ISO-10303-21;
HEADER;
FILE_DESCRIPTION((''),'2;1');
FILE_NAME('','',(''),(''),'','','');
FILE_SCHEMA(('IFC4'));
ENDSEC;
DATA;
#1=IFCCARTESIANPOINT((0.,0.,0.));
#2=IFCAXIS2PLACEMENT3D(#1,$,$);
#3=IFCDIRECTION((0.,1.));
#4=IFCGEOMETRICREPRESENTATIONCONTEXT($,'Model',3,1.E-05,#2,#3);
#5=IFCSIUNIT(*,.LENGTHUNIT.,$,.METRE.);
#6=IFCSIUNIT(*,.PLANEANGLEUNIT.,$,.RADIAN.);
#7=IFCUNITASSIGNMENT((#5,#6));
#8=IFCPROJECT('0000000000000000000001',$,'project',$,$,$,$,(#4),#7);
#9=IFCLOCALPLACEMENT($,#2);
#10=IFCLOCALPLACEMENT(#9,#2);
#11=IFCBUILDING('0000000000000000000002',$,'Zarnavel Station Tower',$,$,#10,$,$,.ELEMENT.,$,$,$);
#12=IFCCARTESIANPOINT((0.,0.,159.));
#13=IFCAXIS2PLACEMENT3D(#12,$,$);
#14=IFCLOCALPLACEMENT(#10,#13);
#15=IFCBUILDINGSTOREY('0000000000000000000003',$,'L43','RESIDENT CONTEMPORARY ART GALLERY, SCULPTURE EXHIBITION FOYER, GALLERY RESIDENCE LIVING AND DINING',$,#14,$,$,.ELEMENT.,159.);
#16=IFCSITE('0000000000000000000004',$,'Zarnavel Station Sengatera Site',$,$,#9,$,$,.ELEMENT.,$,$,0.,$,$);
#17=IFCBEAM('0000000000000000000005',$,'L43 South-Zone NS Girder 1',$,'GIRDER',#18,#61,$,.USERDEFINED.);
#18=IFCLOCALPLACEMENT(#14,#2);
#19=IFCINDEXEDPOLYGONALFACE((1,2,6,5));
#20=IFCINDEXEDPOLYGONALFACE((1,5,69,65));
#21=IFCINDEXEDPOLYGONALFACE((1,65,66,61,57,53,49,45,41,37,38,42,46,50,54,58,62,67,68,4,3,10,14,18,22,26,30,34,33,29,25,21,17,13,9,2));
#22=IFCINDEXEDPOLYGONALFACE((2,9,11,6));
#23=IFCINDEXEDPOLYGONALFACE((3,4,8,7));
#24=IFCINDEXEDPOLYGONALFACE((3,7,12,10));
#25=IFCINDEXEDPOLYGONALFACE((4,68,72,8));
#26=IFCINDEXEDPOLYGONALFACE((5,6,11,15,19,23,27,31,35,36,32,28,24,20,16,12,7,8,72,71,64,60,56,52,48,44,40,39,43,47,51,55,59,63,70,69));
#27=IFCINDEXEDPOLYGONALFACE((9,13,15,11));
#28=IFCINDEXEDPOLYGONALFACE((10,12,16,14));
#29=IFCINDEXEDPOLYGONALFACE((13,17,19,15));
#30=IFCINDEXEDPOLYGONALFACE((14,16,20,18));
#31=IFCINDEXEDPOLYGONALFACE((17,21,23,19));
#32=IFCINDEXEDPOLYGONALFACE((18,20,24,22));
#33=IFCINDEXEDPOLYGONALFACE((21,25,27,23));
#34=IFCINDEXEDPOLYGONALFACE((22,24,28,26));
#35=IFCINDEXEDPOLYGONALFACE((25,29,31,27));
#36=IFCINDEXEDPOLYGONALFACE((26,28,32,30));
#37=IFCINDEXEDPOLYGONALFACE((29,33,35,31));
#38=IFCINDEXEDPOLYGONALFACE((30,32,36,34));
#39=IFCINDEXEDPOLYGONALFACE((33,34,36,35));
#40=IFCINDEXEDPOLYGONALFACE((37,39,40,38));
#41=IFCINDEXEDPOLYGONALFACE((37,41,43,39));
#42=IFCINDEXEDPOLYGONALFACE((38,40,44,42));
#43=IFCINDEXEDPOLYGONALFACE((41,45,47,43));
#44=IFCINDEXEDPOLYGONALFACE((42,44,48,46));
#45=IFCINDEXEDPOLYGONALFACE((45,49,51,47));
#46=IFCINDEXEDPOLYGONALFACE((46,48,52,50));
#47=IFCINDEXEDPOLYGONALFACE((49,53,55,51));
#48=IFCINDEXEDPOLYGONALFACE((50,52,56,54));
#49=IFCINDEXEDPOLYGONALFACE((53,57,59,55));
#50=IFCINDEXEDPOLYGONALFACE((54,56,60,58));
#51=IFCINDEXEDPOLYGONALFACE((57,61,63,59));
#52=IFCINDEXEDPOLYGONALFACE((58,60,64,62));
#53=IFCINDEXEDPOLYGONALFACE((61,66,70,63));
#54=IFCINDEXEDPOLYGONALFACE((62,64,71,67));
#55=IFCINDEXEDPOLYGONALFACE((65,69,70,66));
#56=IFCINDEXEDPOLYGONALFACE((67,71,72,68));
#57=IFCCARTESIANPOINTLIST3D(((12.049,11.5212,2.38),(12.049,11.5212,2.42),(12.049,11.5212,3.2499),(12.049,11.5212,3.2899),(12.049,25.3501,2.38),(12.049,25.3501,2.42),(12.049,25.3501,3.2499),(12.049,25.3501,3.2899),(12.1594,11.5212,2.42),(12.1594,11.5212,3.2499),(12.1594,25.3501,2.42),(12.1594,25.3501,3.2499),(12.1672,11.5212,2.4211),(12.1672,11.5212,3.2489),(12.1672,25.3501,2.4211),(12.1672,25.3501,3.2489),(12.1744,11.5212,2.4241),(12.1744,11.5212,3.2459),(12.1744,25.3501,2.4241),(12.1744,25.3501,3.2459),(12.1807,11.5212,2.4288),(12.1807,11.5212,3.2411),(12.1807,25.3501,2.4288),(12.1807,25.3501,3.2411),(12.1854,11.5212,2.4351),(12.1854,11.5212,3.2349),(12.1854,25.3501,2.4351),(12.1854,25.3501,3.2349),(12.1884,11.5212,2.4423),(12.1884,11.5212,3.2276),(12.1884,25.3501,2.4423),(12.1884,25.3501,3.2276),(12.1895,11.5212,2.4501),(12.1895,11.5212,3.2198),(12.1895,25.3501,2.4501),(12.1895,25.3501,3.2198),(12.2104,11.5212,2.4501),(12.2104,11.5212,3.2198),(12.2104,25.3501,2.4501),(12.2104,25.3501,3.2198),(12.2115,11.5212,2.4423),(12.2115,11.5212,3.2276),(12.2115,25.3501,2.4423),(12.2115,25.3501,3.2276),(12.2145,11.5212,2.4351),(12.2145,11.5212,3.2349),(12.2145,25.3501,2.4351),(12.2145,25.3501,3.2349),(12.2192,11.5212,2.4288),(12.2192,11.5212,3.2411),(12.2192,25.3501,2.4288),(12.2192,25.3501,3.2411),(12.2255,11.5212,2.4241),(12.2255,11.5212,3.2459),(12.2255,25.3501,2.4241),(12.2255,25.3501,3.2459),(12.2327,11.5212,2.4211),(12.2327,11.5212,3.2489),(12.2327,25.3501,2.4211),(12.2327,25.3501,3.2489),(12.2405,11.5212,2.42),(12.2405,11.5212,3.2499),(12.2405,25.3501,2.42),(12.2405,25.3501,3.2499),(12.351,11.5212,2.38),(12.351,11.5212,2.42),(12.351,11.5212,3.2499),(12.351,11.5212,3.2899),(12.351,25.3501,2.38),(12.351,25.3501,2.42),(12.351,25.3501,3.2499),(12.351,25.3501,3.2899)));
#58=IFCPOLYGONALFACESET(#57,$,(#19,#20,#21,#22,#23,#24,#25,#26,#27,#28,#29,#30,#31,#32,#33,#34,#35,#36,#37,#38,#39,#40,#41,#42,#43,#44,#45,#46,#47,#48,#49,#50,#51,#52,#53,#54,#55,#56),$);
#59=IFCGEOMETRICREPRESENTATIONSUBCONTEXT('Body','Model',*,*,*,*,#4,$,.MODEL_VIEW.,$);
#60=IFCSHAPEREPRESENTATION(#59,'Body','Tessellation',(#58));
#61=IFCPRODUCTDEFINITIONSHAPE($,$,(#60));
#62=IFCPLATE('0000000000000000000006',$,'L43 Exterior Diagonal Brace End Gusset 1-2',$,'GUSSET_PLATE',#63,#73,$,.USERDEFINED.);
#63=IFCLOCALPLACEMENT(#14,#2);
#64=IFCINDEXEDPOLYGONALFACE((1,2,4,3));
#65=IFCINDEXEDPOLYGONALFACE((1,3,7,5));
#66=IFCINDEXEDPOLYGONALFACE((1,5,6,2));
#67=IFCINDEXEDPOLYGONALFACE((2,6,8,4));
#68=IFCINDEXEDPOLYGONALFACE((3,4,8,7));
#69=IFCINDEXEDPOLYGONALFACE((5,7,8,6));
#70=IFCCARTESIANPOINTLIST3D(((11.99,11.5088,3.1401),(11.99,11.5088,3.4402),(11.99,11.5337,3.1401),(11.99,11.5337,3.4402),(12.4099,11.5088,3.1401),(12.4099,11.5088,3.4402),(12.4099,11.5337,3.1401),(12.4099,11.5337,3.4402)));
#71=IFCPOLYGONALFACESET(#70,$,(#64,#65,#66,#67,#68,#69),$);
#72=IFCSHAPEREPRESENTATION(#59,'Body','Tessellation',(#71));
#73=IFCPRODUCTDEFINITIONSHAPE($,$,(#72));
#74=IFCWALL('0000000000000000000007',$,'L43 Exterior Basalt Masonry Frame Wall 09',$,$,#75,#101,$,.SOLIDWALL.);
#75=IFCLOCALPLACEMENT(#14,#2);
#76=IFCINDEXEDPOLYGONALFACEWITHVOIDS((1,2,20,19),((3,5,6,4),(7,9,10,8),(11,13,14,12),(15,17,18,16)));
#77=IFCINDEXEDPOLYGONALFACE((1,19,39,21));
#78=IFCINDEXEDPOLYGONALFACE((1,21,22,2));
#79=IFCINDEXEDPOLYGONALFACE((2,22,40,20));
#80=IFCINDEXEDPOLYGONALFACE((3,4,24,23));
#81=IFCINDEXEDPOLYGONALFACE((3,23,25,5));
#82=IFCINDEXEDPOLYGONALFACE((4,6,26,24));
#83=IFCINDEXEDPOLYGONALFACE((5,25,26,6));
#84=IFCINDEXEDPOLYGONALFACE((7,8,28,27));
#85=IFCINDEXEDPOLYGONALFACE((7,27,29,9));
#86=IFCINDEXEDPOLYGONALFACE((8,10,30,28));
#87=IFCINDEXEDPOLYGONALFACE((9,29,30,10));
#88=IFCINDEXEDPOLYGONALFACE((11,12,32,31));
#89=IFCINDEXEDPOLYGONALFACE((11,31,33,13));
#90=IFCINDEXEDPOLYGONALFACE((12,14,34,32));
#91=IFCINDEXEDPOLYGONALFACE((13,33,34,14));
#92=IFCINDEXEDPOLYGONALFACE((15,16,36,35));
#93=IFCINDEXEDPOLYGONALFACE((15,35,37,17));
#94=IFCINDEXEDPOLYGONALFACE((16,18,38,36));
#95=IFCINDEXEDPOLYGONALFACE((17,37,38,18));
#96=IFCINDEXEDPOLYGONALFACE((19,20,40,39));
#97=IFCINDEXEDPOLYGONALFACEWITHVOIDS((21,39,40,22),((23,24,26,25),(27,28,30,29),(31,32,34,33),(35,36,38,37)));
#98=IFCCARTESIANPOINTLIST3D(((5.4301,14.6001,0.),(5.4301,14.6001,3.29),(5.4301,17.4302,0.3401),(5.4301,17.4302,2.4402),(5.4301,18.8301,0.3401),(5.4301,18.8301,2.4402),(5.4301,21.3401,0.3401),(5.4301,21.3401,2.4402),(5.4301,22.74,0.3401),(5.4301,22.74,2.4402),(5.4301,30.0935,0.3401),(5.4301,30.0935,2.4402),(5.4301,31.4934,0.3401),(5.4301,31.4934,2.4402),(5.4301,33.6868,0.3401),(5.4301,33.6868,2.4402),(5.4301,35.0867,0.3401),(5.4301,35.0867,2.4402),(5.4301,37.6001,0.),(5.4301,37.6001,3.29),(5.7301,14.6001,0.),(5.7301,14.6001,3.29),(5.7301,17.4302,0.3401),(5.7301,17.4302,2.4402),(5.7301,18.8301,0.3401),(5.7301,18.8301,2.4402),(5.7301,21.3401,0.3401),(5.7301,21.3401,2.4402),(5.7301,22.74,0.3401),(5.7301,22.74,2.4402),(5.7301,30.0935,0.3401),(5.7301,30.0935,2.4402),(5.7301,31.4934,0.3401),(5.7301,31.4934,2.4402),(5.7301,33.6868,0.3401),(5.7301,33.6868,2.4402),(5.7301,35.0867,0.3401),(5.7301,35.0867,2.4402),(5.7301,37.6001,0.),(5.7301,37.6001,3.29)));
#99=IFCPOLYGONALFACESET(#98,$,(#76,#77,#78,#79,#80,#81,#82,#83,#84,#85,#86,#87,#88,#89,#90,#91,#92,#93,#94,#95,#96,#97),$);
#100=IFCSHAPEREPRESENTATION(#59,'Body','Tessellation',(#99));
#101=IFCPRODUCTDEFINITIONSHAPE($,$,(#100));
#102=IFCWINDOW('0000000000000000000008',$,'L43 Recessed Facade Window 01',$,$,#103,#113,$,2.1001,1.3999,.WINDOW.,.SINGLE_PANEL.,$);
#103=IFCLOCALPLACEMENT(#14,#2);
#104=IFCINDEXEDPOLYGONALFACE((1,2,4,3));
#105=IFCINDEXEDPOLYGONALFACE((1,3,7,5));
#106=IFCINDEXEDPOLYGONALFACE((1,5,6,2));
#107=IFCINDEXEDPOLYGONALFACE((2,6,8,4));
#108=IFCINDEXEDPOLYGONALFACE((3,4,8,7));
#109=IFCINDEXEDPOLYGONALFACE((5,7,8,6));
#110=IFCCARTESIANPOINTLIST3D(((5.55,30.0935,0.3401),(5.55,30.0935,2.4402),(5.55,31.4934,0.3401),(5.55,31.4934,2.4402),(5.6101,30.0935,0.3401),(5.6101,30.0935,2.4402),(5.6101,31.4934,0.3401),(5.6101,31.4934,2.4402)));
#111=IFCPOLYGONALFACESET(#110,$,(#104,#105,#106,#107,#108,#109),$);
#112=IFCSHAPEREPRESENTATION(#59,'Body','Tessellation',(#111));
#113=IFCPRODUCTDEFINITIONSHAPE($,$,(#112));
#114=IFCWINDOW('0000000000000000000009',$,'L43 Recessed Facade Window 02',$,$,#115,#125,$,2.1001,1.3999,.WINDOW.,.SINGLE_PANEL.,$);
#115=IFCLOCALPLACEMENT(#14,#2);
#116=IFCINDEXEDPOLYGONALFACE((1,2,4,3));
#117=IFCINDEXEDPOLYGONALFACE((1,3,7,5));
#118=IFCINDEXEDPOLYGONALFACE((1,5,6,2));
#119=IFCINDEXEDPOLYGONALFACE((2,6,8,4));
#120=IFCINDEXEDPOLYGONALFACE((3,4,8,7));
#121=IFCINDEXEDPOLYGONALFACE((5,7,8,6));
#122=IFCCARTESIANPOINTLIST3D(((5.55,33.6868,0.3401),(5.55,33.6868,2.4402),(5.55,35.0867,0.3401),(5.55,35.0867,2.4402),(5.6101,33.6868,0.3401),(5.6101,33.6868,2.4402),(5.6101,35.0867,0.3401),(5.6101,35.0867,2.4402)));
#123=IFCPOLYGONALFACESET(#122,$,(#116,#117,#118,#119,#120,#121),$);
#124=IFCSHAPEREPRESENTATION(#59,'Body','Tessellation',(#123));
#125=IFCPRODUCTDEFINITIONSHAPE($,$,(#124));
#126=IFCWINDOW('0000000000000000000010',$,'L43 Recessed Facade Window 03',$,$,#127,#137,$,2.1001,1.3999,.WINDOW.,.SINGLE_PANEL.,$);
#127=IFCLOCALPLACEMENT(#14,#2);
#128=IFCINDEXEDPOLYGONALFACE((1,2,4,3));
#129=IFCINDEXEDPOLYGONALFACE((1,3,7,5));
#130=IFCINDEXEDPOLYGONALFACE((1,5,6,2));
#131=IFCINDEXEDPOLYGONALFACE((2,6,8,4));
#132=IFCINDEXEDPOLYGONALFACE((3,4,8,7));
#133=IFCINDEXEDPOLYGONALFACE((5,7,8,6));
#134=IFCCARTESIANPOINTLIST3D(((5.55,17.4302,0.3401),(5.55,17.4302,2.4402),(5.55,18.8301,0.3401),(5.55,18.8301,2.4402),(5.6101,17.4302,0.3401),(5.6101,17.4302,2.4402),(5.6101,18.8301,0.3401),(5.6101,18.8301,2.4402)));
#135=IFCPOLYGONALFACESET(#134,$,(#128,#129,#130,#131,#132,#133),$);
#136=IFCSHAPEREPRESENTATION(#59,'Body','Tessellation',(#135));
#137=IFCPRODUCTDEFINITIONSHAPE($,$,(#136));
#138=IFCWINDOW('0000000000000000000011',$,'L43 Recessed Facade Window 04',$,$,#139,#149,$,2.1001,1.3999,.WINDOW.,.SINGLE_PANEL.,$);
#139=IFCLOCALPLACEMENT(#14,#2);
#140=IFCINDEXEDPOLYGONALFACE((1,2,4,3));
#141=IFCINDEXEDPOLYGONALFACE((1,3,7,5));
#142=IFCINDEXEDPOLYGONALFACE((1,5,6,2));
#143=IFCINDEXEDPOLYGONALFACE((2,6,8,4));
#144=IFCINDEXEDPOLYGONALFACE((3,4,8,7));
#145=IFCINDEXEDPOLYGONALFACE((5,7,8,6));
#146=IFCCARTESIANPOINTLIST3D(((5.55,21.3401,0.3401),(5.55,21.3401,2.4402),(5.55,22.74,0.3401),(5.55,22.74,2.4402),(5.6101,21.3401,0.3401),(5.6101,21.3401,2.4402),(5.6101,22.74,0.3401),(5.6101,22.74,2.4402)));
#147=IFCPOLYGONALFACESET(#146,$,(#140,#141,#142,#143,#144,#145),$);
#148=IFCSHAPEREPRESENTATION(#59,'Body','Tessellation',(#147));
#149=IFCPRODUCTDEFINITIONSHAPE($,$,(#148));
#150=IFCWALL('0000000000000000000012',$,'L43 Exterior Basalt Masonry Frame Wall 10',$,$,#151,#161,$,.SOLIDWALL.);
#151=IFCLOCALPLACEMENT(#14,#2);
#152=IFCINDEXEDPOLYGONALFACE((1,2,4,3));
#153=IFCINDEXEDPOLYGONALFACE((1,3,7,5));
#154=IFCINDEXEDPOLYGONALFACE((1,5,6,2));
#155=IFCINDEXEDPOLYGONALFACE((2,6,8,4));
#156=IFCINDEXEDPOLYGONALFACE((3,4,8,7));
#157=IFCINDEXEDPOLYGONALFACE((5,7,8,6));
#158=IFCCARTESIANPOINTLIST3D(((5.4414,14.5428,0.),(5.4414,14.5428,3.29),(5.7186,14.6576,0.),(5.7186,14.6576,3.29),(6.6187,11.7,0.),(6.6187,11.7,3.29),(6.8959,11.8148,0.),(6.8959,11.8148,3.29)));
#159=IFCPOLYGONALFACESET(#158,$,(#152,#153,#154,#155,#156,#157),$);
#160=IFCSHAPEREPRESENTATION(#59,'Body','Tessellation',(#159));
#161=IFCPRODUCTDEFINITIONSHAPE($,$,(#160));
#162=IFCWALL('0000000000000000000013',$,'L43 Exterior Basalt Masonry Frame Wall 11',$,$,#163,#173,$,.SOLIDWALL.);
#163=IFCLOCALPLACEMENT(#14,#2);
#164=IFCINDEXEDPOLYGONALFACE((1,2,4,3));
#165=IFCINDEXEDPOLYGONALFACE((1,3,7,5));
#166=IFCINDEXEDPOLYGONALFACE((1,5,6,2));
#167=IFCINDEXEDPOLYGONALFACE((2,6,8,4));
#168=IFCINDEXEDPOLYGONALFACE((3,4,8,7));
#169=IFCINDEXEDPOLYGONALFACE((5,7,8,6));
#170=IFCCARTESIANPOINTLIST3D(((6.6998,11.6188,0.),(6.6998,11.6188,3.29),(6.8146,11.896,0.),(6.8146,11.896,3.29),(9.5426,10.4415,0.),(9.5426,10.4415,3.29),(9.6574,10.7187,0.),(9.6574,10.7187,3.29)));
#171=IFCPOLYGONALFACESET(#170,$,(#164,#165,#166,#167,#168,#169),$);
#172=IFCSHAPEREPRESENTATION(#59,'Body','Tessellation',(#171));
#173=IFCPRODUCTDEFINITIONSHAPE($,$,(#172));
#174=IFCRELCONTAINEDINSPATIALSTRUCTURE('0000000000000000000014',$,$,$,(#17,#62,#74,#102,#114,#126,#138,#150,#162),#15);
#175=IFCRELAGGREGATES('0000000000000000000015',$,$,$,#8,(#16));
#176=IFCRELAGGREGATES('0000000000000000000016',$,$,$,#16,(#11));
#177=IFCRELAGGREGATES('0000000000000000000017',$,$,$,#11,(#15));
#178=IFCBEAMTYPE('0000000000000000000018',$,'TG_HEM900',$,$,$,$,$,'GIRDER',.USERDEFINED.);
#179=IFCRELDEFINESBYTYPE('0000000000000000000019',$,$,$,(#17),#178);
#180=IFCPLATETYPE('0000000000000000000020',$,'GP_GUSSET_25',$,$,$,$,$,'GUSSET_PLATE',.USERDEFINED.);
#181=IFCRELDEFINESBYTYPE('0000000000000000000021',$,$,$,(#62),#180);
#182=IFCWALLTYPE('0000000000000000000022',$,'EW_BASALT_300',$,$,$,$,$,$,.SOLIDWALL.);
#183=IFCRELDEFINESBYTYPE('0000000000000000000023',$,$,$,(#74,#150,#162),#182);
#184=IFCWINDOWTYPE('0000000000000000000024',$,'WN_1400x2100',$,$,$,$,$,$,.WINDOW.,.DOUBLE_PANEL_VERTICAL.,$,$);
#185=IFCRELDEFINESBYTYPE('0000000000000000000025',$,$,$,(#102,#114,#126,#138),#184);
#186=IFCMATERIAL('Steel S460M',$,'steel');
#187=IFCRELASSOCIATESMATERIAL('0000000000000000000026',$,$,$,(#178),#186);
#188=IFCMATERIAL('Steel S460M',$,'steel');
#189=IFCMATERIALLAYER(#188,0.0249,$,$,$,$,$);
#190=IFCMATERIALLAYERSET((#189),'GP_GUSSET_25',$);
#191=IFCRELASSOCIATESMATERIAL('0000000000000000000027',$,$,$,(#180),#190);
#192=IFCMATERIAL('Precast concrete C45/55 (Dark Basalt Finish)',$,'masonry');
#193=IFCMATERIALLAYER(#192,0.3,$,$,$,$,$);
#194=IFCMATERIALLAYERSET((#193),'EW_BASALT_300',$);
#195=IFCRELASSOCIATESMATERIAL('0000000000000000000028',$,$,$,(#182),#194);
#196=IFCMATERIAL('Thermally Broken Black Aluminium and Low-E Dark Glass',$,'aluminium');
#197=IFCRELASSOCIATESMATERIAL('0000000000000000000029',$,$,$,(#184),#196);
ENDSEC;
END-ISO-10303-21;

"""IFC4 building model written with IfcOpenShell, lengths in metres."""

from ifc_helpers import new_model, si_unit, direction, frame, frame_2d, origin, origin_2d, place, context, subcontext, project, spatial, rectangle, i_section, extrude, material, layer, layer_set, material_profile, profile_set, type_object, element, fill, save


model = new_model("IFC4")

# Units and contexts
model_context = context("Model", 3, precision=1e-05, world=origin(), true_north=direction((0.0, 1.0)))
body_context = subcontext(model_context, "Body", "Model", "MODEL_VIEW")
ifc_project = project(units=[si_unit("LENGTHUNIT", "METRE"), si_unit("PLANEANGLEUNIT", "RADIAN")], contexts=[model_context])

# Site, building, storey
site_placement = place(None, origin())
site = spatial("IfcSite", under=ifc_project, at=site_placement, Name="Zarnavel Station Sengatera Site", CompositionType="ELEMENT", RefElevation=0.0)
building_placement = place(site_placement, origin())
building = spatial("IfcBuilding", under=site, at=building_placement, Name="Zarnavel Station Tower", CompositionType="ELEMENT")
storey_placement = place(building_placement, frame((0.0, 0.0, 159.0)))
storey = spatial("IfcBuildingStorey", under=building, at=storey_placement, Name="L43", Description="RESIDENT CONTEMPORARY ART GALLERY, SCULPTURE EXHIBITION FOYER, GALLERY RESIDENCE LIVING AND DINING", CompositionType="ELEMENT", Elevation=159.0)

# Beam
ifc_material_1 = material(Name="Steel S460M", Category="steel")
ifc_material_profile_1 = material_profile(ifc_material_1, i_section(OverallWidth=0.302, OverallDepth=0.9099, WebThickness=0.021, FlangeThickness=0.04, FilletRadius=0.03, at=origin_2d()), Name="HEM900")
ifc_profile_set_1 = profile_set([ifc_material_profile_1], Name="Steel S460M")
beam_type_1 = type_object("IfcBeamType", Name="TG_HEM900", ElementType="GIRDER", PredefinedType="USERDEFINED", material=ifc_profile_set_1)
beam_1_placement = place(storey_placement, frame((12.2, 11.5212, 2.835), z_axis=(0.0, 1.0, 0.0), x_axis=(-1.0, 0.0, 0.0)))
element("IfcBeam", 1, at=beam_1_placement, inside=storey, type_object=beam_type_1, Name="L43 South-Zone NS Girder 1", ObjectType="GIRDER", PredefinedType="USERDEFINED", context=body_context, shape_type="SweptSolid", body=[
    extrude(i_section(OverallWidth=0.302, OverallDepth=0.9099, WebThickness=0.021, FlangeThickness=0.04, FilletRadius=0.03, at=origin_2d()), origin(), (0.0, 0.0, 1.0), 13.8289),
])

# Plate
ifc_material_2 = material(Name="Steel S460M", Category="steel")
ifc_layer_1 = layer(ifc_material_2, 0.0249)
ifc_layer_set_1 = layer_set([ifc_layer_1], Name="GP_GUSSET_25")
plate_type = type_object("IfcPlateType", Name="GP_GUSSET_25", ElementType="GUSSET_PLATE", PredefinedType="USERDEFINED", material=ifc_layer_set_1)
plate_placement = place(storey_placement, frame((12.2, 11.5212, 3.1401), z_axis=(0.0, 0.0, 1.0), x_axis=(1.0, 0.0, 0.0)))
element("IfcPlate", 2, at=plate_placement, inside=storey, type_object=plate_type, Name="L43 Exterior Diagonal Brace End Gusset 1-2", ObjectType="GUSSET_PLATE", PredefinedType="USERDEFINED", context=body_context, shape_type="SweptSolid", body=[
    extrude(rectangle(XDim=0.4199, YDim=0.0249, at=origin_2d()), origin(), (0.0, 0.0, 1.0), 0.3),
])

# Wall, openings, windows
ifc_material_3 = material(Name="Precast concrete C45/55 (Dark Basalt Finish)", Category="masonry")
ifc_layer_2 = layer(ifc_material_3, 0.3)
ifc_layer_set_2 = layer_set([ifc_layer_2], Name="EW_BASALT_300")
wall_type_1 = type_object("IfcWallType", Name="EW_BASALT_300", PredefinedType="SOLIDWALL", material=ifc_layer_set_2)
wall_1_placement = place(storey_placement, frame((5.5801, 14.6001, 0.0), z_axis=(0.0, 0.0, 1.0), x_axis=(0.0, 1.0, 0.0)))
wall_1 = element("IfcWall", 3, at=wall_1_placement, inside=storey, type_object=wall_type_1, Name="L43 Exterior Basalt Masonry Frame Wall 09", PredefinedType="SOLIDWALL", context=body_context, shape_type="SweptSolid", body=[
    extrude(rectangle(XDim=23.0, YDim=0.3, at=frame_2d((11.5, 0.0))), origin(), (0.0, 0.0, 1.0), 3.29),
])
opening_1_placement = place(wall_1_placement, frame((15.4934, 0.0, 0.3401)))
opening_1 = element("IfcOpeningElement", 4, at=opening_1_placement, cuts=wall_1, PredefinedType="OPENING", context=body_context, shape_type="SweptSolid", body=[
    extrude(rectangle(XDim=1.3999, YDim=2.1001, at=frame_2d((0.7, 1.05))), frame((0.0, 0.1599, 0.0), z_axis=(0.0, -1.0, 0.0), x_axis=(1.0, 0.0, 0.0)), (0.0, 0.0, 1.0), 0.3201),
])
opening_2_placement = place(wall_1_placement, frame((19.0867, 0.0, 0.3401)))
opening_2 = element("IfcOpeningElement", 5, at=opening_2_placement, cuts=wall_1, PredefinedType="OPENING", context=body_context, shape_type="SweptSolid", body=[
    extrude(rectangle(XDim=1.3999, YDim=2.1001, at=frame_2d((0.7, 1.05))), frame((0.0, 0.1599, 0.0), z_axis=(0.0, -1.0, 0.0), x_axis=(1.0, 0.0, 0.0)), (0.0, 0.0, 1.0), 0.3201),
])
opening_3_placement = place(wall_1_placement, frame((2.8301, 0.0, 0.3401)))
opening_3 = element("IfcOpeningElement", 6, at=opening_3_placement, cuts=wall_1, PredefinedType="OPENING", context=body_context, shape_type="SweptSolid", body=[
    extrude(rectangle(XDim=1.3999, YDim=2.1001, at=frame_2d((0.7, 1.05))), frame((0.0, 0.1599, 0.0), z_axis=(0.0, -1.0, 0.0), x_axis=(1.0, 0.0, 0.0)), (0.0, 0.0, 1.0), 0.3201),
])
opening_4_placement = place(wall_1_placement, frame((6.74, 0.0, 0.3401)))
opening_4 = element("IfcOpeningElement", 7, at=opening_4_placement, cuts=wall_1, PredefinedType="OPENING", context=body_context, shape_type="SweptSolid", body=[
    extrude(rectangle(XDim=1.3999, YDim=2.1001, at=frame_2d((0.7, 1.05))), frame((0.0, 0.1599, 0.0), z_axis=(0.0, -1.0, 0.0), x_axis=(1.0, 0.0, 0.0)), (0.0, 0.0, 1.0), 0.3201),
])
ifc_material_4 = material(Name="Thermally Broken Black Aluminium and Low-E Dark Glass", Category="aluminium")
window_type = type_object("IfcWindowType", Name="WN_1400x2100", PartitioningType="DOUBLE_PANEL_VERTICAL", PredefinedType="WINDOW", material=ifc_material_4)
window_1_placement = place(opening_1_placement, origin())
window_1 = element("IfcWindow", 8, at=window_1_placement, inside=storey, type_object=window_type, Name="L43 Recessed Facade Window 01", OverallHeight=2.1001, OverallWidth=1.3999, PartitioningType="SINGLE_PANEL", PredefinedType="WINDOW", context=body_context, shape_type="SweptSolid", body=[
    extrude(rectangle(XDim=1.3999, YDim=2.1001, at=frame_2d((0.7, 1.05))), frame((0.0, 0.03, 0.0), z_axis=(0.0, -1.0, 0.0), x_axis=(1.0, 0.0, 0.0)), (0.0, 0.0, 1.0), 0.0601),
])
fill(opening_1, window_1)
window_2_placement = place(opening_2_placement, origin())
window_2 = element("IfcWindow", 9, at=window_2_placement, inside=storey, type_object=window_type, Name="L43 Recessed Facade Window 02", OverallHeight=2.1001, OverallWidth=1.3999, PartitioningType="SINGLE_PANEL", PredefinedType="WINDOW", context=body_context, shape_type="SweptSolid", body=[
    extrude(rectangle(XDim=1.3999, YDim=2.1001, at=frame_2d((0.7, 1.05))), frame((0.0, 0.03, 0.0), z_axis=(0.0, -1.0, 0.0), x_axis=(1.0, 0.0, 0.0)), (0.0, 0.0, 1.0), 0.0601),
])
fill(opening_2, window_2)
window_3_placement = place(opening_3_placement, origin())
window_3 = element("IfcWindow", 10, at=window_3_placement, inside=storey, type_object=window_type, Name="L43 Recessed Facade Window 03", OverallHeight=2.1001, OverallWidth=1.3999, PartitioningType="SINGLE_PANEL", PredefinedType="WINDOW", context=body_context, shape_type="SweptSolid", body=[
    extrude(rectangle(XDim=1.3999, YDim=2.1001, at=frame_2d((0.7, 1.05))), frame((0.0, 0.03, 0.0), z_axis=(0.0, -1.0, 0.0), x_axis=(1.0, 0.0, 0.0)), (0.0, 0.0, 1.0), 0.0601),
])
fill(opening_3, window_3)
window_4_placement = place(opening_4_placement, origin())
window_4 = element("IfcWindow", 11, at=window_4_placement, inside=storey, type_object=window_type, Name="L43 Recessed Facade Window 04", OverallHeight=2.1001, OverallWidth=1.3999, PartitioningType="SINGLE_PANEL", PredefinedType="WINDOW", context=body_context, shape_type="SweptSolid", body=[
    extrude(rectangle(XDim=1.3999, YDim=2.1001, at=frame_2d((0.7, 1.05))), frame((0.0, 0.03, 0.0), z_axis=(0.0, -1.0, 0.0), x_axis=(1.0, 0.0, 0.0)), (0.0, 0.0, 1.0), 0.0601),
])
fill(opening_4, window_4)

# Walls
for number, where, z_axis, x_axis, name in (
    (12, (6.7573, 11.7573, 0.0), (0.0, 0.0, 1.0), (-0.382609, 0.92391, 0.0), "L43 Exterior Basalt Masonry Frame Wall 10"),
    (13, (9.6001, 10.5801, 0.0), (0.0, 0.0, 1.0), (-0.92391, 0.382609, 0.0), "L43 Exterior Basalt Masonry Frame Wall 11"),
):
    element("IfcWall", number, at=place(storey_placement, frame(where, z_axis=z_axis, x_axis=x_axis)), inside=storey, type_object=wall_type_1, Name=name, PredefinedType="SOLIDWALL", context=body_context, shape_type="SweptSolid", body=[
        extrude(rectangle(XDim=3.0769, YDim=0.3, at=frame_2d((1.5386, 0.0))), origin(), (0.0, 0.0, 1.0), 3.29),
    ])

save(model, "model.ifc")
